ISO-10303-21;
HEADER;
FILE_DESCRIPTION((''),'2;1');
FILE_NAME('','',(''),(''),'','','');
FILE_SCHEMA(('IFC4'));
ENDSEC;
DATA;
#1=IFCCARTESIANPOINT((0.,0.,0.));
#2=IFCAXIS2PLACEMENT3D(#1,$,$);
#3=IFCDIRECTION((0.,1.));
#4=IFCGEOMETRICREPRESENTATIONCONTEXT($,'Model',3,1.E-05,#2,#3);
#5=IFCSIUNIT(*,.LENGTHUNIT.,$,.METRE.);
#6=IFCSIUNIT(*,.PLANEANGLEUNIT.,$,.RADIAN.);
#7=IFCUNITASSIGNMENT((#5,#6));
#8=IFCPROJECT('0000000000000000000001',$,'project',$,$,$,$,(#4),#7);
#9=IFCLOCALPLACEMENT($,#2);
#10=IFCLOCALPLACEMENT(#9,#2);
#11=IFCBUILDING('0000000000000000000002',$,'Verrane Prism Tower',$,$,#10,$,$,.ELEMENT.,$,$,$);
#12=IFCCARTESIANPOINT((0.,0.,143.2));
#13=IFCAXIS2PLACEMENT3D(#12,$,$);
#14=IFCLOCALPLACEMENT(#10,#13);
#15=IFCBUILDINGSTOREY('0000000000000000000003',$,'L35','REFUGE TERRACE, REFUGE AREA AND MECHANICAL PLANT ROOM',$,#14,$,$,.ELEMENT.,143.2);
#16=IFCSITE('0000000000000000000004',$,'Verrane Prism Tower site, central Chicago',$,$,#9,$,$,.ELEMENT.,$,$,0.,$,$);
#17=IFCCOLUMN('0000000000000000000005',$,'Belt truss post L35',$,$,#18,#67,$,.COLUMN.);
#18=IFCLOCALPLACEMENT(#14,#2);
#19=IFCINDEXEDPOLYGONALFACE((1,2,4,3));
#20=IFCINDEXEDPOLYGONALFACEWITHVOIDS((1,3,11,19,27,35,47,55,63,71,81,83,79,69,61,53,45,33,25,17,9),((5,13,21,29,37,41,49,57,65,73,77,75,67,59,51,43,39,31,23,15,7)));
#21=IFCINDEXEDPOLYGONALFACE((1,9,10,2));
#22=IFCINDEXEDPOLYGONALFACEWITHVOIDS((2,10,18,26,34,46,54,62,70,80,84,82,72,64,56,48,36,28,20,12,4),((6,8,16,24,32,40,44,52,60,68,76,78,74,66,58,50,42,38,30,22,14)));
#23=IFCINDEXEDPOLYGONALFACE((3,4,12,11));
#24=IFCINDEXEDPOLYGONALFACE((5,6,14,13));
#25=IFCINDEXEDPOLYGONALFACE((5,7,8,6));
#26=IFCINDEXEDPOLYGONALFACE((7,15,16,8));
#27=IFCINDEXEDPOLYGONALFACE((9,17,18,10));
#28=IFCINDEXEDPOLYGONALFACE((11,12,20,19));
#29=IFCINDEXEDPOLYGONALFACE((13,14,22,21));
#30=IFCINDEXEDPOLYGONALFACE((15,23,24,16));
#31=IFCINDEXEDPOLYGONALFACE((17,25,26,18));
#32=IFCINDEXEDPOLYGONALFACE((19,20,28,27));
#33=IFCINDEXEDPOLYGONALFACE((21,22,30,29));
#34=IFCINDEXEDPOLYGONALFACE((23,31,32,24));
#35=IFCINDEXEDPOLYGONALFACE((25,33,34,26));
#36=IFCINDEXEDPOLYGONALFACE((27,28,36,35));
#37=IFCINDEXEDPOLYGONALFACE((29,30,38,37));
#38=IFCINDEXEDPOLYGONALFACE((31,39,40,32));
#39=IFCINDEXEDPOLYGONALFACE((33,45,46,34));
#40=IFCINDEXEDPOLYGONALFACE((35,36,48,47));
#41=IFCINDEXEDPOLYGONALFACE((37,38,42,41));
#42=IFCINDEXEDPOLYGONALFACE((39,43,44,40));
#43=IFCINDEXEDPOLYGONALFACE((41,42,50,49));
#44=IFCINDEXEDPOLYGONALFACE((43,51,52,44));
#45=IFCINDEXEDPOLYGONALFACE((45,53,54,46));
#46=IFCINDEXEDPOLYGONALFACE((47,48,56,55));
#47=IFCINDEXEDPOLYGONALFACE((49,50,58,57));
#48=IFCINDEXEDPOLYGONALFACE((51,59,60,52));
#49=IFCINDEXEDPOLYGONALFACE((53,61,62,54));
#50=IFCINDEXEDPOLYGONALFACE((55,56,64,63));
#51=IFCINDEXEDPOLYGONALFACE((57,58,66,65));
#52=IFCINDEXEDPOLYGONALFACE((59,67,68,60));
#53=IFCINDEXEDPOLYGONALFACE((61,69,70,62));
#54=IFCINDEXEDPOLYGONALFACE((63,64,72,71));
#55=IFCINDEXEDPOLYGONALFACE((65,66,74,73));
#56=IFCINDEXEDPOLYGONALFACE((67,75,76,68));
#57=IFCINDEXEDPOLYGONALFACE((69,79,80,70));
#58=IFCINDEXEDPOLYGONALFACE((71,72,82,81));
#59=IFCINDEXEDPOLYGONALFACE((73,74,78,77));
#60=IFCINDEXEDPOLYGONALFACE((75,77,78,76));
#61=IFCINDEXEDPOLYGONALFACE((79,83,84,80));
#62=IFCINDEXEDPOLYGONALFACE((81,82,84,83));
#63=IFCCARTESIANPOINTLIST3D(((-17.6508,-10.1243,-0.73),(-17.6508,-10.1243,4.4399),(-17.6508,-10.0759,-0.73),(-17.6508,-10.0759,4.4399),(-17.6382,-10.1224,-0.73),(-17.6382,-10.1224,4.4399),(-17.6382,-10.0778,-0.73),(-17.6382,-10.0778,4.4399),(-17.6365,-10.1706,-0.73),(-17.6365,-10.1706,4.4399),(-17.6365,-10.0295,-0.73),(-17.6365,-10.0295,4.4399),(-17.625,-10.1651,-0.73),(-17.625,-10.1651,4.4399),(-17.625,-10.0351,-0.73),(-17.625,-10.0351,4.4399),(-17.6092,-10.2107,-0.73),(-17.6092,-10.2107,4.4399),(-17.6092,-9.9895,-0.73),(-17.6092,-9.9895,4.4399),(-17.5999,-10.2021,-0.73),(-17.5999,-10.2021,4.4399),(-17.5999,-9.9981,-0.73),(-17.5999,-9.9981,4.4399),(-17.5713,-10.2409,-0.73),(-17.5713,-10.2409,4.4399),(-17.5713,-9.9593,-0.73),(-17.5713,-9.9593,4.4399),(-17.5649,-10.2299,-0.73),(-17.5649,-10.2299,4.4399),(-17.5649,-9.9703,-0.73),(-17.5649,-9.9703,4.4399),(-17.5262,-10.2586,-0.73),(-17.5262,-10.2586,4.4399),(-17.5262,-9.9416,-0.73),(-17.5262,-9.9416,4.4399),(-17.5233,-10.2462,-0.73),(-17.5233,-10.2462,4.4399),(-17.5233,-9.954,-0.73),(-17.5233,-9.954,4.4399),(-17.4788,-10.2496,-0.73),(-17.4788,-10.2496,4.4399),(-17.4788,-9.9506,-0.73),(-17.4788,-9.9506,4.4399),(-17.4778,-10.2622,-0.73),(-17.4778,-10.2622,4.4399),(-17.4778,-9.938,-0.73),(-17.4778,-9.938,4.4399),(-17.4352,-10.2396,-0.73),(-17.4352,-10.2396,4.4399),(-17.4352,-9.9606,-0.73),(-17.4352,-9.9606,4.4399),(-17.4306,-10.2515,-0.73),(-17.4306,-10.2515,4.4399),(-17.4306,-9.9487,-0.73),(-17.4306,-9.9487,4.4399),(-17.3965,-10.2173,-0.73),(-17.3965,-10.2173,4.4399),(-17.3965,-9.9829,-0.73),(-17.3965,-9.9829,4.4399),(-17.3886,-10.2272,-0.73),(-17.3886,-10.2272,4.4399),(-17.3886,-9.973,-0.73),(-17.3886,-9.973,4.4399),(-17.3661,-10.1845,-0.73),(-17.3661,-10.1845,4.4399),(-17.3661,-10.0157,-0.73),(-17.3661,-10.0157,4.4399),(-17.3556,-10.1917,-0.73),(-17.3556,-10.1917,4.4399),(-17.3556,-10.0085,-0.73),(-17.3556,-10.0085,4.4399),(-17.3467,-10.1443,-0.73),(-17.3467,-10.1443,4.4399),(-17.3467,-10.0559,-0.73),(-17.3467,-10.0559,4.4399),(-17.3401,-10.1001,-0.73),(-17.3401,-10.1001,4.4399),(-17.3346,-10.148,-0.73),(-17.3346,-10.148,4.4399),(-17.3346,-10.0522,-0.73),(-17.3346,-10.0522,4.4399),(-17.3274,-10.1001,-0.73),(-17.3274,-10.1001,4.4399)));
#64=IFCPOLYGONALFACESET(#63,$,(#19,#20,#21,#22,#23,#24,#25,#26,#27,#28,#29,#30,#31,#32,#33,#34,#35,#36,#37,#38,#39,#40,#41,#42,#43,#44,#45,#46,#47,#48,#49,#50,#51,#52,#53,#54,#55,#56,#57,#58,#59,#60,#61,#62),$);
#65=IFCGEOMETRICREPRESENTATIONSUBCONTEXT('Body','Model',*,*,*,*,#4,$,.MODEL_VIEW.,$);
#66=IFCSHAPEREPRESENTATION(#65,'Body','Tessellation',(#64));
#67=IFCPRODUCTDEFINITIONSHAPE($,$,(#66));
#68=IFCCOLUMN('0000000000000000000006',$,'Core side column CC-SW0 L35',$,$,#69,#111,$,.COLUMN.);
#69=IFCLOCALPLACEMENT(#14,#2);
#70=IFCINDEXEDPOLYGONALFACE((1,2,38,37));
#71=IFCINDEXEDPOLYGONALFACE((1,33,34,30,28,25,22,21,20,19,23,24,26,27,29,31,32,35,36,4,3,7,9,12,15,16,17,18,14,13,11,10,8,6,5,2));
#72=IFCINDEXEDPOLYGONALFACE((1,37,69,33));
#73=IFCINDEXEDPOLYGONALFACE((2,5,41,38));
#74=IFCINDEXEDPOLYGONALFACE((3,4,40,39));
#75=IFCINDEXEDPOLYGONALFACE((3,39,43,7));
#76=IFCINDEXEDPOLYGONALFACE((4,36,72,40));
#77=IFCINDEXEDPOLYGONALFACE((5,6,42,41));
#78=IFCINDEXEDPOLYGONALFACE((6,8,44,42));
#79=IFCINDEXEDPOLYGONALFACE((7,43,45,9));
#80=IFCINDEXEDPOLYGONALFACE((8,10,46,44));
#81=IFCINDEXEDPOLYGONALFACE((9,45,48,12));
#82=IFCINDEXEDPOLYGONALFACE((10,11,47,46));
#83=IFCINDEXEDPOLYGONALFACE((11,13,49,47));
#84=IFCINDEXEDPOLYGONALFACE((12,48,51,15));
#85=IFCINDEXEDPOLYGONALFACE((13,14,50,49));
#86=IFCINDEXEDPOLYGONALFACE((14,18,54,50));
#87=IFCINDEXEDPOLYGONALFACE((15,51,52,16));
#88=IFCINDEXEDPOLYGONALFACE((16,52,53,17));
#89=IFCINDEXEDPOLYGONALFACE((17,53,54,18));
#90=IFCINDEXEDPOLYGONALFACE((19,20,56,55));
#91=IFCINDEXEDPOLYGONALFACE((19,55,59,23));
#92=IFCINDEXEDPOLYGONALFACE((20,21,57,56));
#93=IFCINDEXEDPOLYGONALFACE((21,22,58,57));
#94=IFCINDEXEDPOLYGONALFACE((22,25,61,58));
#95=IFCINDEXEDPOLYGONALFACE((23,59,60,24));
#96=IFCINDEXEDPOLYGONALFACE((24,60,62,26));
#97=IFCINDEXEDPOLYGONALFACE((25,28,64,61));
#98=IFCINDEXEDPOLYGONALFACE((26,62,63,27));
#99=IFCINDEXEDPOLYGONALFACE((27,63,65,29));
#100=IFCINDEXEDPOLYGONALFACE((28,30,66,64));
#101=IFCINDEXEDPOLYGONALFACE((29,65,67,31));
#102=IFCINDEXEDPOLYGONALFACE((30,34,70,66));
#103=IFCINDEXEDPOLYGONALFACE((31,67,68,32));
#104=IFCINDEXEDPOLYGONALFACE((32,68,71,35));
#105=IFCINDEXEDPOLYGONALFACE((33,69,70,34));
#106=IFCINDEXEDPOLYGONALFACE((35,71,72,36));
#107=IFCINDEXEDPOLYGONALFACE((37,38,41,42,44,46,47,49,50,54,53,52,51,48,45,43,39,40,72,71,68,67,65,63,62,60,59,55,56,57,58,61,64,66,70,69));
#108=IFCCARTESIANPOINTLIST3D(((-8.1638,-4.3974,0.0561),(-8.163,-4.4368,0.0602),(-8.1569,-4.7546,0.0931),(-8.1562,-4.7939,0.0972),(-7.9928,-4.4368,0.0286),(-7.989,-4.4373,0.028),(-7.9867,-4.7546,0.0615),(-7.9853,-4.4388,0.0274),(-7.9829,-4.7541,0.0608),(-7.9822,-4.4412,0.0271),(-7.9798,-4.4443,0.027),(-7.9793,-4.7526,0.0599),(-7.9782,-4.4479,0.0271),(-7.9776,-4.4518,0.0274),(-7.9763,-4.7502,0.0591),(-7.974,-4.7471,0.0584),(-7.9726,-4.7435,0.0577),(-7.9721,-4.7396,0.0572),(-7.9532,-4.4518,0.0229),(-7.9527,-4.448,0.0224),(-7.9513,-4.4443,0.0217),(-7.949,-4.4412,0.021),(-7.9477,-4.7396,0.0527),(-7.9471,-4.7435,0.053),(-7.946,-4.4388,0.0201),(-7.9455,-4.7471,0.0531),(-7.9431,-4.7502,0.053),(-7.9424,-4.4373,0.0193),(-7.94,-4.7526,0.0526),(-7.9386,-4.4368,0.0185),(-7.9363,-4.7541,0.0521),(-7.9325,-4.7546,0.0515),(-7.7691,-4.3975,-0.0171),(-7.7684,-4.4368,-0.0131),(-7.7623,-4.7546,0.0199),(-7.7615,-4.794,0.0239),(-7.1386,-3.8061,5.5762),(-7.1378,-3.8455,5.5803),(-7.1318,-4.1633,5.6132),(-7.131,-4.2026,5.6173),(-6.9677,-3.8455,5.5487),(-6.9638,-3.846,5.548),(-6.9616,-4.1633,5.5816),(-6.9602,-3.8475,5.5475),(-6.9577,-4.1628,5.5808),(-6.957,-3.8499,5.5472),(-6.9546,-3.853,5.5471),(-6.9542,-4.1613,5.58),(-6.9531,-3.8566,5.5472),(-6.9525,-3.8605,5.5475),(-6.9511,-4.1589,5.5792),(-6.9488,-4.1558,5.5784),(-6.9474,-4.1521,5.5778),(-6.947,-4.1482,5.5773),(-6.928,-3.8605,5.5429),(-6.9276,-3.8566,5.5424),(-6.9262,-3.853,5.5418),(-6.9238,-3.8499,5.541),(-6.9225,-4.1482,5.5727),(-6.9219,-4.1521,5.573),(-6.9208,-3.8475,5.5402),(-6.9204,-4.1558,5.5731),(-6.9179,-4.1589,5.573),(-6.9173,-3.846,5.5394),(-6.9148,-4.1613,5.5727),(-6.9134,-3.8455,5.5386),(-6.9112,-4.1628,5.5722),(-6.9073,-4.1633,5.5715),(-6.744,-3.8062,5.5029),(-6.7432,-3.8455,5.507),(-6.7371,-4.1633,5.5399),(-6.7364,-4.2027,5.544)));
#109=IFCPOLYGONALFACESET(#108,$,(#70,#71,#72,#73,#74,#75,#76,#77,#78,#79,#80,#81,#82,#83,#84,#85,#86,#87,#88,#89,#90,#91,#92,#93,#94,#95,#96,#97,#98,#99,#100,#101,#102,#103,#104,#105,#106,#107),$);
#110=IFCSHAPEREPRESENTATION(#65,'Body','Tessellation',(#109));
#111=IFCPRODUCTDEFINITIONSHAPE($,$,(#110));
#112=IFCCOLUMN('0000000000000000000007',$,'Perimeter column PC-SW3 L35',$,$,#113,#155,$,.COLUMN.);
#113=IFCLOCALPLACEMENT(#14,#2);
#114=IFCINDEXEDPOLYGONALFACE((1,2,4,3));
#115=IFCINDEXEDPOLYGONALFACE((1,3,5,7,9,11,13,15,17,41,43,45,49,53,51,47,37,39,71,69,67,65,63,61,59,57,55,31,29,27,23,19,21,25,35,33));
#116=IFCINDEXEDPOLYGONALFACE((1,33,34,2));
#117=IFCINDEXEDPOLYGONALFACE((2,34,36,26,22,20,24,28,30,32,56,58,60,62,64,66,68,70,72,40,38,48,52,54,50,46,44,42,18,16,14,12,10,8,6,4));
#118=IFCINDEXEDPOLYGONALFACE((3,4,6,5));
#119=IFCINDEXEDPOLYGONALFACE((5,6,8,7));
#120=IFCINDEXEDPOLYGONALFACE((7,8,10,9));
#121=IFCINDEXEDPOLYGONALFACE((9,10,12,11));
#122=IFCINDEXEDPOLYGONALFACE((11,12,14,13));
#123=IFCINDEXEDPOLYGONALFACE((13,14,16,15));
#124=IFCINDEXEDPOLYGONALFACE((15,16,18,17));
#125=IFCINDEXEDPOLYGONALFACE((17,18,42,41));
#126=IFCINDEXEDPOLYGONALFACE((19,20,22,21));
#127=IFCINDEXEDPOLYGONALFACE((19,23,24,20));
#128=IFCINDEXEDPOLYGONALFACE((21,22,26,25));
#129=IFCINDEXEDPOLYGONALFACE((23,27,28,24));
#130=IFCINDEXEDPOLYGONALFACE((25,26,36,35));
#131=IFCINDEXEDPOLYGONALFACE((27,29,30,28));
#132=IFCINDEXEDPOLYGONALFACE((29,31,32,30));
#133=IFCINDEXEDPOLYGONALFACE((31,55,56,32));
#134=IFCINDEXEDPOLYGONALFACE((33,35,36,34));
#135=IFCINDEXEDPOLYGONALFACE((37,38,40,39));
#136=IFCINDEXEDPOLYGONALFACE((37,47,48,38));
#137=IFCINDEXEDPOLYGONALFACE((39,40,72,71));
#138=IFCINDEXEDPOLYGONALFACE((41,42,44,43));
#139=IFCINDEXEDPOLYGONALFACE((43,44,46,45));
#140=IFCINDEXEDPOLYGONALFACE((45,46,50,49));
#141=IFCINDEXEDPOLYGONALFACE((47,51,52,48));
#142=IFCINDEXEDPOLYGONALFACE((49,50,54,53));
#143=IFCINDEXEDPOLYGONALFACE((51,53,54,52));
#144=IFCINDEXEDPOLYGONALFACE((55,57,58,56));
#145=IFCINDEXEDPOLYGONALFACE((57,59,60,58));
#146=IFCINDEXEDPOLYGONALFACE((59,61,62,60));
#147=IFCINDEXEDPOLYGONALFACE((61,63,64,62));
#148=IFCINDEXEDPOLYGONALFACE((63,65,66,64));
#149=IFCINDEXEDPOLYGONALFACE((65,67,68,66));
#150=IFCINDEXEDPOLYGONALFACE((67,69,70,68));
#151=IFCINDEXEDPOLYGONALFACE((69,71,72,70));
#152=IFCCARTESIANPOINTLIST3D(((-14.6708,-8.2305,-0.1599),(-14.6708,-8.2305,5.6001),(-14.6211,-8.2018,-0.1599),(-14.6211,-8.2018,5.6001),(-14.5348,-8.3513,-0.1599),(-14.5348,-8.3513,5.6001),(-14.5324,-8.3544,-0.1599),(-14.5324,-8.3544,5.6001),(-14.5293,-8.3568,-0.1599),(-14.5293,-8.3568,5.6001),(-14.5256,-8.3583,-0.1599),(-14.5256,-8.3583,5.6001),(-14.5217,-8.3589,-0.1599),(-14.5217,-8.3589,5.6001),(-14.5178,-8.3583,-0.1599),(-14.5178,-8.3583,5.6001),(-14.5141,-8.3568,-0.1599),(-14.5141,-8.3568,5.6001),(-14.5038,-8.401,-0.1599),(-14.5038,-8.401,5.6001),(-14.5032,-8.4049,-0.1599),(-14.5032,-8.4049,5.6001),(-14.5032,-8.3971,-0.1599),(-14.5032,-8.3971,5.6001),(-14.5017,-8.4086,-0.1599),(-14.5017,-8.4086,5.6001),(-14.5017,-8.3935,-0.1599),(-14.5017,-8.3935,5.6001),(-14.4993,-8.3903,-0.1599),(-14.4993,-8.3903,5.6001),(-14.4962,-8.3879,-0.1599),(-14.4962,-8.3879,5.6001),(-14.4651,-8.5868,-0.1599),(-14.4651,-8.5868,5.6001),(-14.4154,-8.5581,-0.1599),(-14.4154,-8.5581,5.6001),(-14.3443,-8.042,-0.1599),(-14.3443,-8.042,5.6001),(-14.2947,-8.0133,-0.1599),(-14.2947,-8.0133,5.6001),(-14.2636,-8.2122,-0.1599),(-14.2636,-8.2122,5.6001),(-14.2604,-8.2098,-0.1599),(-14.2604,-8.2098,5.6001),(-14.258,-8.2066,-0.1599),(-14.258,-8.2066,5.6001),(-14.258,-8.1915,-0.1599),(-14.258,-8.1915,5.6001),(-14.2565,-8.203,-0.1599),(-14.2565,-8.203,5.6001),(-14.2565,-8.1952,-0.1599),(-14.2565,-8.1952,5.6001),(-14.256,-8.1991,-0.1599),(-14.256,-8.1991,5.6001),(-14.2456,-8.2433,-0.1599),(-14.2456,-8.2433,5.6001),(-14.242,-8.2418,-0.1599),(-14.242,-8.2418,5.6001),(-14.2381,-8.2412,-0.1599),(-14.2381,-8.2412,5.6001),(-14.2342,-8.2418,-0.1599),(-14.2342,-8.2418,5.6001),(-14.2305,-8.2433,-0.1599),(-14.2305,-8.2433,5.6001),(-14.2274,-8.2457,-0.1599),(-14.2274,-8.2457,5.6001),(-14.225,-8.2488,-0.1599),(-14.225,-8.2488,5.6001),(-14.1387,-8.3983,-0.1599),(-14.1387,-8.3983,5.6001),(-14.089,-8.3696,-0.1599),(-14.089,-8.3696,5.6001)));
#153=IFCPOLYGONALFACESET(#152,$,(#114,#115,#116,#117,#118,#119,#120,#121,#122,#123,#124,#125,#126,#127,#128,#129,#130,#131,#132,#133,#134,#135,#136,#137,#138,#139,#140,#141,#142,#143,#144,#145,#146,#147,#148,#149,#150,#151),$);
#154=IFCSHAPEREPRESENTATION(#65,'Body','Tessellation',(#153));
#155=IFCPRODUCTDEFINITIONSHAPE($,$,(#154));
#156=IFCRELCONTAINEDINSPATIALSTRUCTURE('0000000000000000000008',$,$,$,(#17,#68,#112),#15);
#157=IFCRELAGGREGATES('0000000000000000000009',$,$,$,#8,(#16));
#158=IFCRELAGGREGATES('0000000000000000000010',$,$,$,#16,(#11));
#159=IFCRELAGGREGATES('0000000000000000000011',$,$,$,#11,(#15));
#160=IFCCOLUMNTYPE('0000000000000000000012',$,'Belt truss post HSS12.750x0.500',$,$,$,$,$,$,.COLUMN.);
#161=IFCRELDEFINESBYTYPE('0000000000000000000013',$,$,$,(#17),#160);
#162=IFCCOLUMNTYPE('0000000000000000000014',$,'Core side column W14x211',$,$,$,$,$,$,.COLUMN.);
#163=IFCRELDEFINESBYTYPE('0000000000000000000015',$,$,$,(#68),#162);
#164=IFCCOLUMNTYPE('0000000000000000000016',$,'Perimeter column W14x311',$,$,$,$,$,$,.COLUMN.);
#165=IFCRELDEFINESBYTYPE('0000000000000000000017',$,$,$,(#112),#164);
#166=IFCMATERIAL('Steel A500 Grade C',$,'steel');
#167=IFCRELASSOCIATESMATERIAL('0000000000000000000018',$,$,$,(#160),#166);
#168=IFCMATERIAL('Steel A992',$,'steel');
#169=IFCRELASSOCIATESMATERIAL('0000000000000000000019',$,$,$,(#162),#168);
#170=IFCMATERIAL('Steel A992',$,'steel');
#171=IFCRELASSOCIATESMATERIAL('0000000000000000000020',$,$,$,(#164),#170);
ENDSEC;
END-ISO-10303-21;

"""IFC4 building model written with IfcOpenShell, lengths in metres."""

from ifc_helpers import new_model, si_unit, direction, frame, origin, origin_2d, place, context, subcontext, project, spatial, hollow_circle, i_section, extrude, material, material_profile, profile_set, type_object, element, save


model = new_model("IFC4")

# Units and contexts
model_context = context("Model", 3, precision=1e-05, world=origin(), true_north=direction((0.0, 1.0)))
body_context = subcontext(model_context, "Body", "Model", "MODEL_VIEW")
ifc_project = project(units=[si_unit("LENGTHUNIT", "METRE"), si_unit("PLANEANGLEUNIT", "RADIAN")], contexts=[model_context])

# Site, building, storey
site_placement = place(None, origin())
site = spatial("IfcSite", under=ifc_project, at=site_placement, Name="Verrane Prism Tower site, central Chicago", CompositionType="ELEMENT", RefElevation=0.0)
building_placement = place(site_placement, origin())
building = spatial("IfcBuilding", under=site, at=building_placement, Name="Verrane Prism Tower", CompositionType="ELEMENT")
storey_placement = place(building_placement, frame((0.0, 0.0, 143.2)))
storey = spatial("IfcBuildingStorey", under=building, at=storey_placement, Name="L35", Description="REFUGE TERRACE, REFUGE AREA AND MECHANICAL PLANT ROOM", CompositionType="ELEMENT", Elevation=143.2)

# Columns
ifc_material_1 = material(Name="Steel A500 Grade C", Category="steel")
ifc_material_profile_1 = material_profile(ifc_material_1, hollow_circle(Radius=0.1626, WallThickness=0.0127, at=origin_2d()), Name="HSS12.750x0.500")
ifc_profile_set_1 = profile_set([ifc_material_profile_1], Name="Steel A500 Grade C")
column_type_1 = type_object("IfcColumnType", Name="Belt truss post HSS12.750x0.500", PredefinedType="COLUMN", material=ifc_profile_set_1)
column_1_placement = place(storey_placement, frame((-17.49, -10.1001, -0.73), z_axis=(0.0, 0.0, 1.0), x_axis=(-0.5, 0.866025, 0.0)))
element("IfcColumn", 1, at=column_1_placement, inside=storey, type_object=column_type_1, Name="Belt truss post L35", PredefinedType="COLUMN", context=body_context, shape_type="SweptSolid", body=[
    extrude(hollow_circle(Radius=0.1626, WallThickness=0.0127, at=origin_2d()), origin(), (0.0, 0.0, 1.0), 5.1699),
])
ifc_material_2 = material(Name="Steel A992", Category="steel")
ifc_material_profile_2 = material_profile(ifc_material_2, i_section(OverallWidth=0.4014, OverallDepth=0.3987, WebThickness=0.0249, FlangeThickness=0.0396, FilletRadius=0.0151, at=origin_2d()), Name="W14x211")
ifc_profile_set_2 = profile_set([ifc_material_profile_2], Name="Steel A992")
column_type_2 = type_object("IfcColumnType", Name="Core side column W14x211", PredefinedType="COLUMN", material=ifc_profile_set_2)
column_2_placement = place(storey_placement, frame((-7.9626, -4.5957, 0.04), z_axis=(0.181588, 0.104741, 0.977781), x_axis=(0.98319, -0.000087, -0.182583)))
element("IfcColumn", 2, at=column_2_placement, inside=storey, type_object=column_type_2, Name="Core side column CC-SW0 L35", PredefinedType="COLUMN", context=body_context, shape_type="SweptSolid", body=[
    extrude(i_section(OverallWidth=0.4014, OverallDepth=0.3987, WebThickness=0.0249, FlangeThickness=0.0396, FilletRadius=0.0151, at=origin_2d()), origin(), (0.0, 0.0, 1.0), 5.6455),
])
ifc_material_3 = material(Name="Steel A992", Category="steel")
ifc_material_profile_3 = material_profile(ifc_material_3, i_section(OverallWidth=0.4114, OverallDepth=0.4343, WebThickness=0.0359, FlangeThickness=0.0574, FilletRadius=0.0151, at=origin_2d()), Name="W14x311")
ifc_profile_set_3 = profile_set([ifc_material_profile_3], Name="Steel A992")
column_type_3 = type_object("IfcColumnType", Name="Perimeter column W14x311", PredefinedType="COLUMN", material=ifc_profile_set_3)
column_3_placement = place(storey_placement, frame((-14.3799, -8.3, -0.1599), z_axis=(0.0, 0.0, 1.0), x_axis=(-0.5, 0.866025, 0.0)))
element("IfcColumn", 3, at=column_3_placement, inside=storey, type_object=column_type_3, Name="Perimeter column PC-SW3 L35", PredefinedType="COLUMN", context=body_context, shape_type="SweptSolid", body=[
    extrude(i_section(OverallWidth=0.4114, OverallDepth=0.4343, WebThickness=0.0359, FlangeThickness=0.0574, FilletRadius=0.0151, at=origin_2d()), origin(), (0.0, 0.0, 1.0), 5.76),
])

save(model, "model.ifc")
